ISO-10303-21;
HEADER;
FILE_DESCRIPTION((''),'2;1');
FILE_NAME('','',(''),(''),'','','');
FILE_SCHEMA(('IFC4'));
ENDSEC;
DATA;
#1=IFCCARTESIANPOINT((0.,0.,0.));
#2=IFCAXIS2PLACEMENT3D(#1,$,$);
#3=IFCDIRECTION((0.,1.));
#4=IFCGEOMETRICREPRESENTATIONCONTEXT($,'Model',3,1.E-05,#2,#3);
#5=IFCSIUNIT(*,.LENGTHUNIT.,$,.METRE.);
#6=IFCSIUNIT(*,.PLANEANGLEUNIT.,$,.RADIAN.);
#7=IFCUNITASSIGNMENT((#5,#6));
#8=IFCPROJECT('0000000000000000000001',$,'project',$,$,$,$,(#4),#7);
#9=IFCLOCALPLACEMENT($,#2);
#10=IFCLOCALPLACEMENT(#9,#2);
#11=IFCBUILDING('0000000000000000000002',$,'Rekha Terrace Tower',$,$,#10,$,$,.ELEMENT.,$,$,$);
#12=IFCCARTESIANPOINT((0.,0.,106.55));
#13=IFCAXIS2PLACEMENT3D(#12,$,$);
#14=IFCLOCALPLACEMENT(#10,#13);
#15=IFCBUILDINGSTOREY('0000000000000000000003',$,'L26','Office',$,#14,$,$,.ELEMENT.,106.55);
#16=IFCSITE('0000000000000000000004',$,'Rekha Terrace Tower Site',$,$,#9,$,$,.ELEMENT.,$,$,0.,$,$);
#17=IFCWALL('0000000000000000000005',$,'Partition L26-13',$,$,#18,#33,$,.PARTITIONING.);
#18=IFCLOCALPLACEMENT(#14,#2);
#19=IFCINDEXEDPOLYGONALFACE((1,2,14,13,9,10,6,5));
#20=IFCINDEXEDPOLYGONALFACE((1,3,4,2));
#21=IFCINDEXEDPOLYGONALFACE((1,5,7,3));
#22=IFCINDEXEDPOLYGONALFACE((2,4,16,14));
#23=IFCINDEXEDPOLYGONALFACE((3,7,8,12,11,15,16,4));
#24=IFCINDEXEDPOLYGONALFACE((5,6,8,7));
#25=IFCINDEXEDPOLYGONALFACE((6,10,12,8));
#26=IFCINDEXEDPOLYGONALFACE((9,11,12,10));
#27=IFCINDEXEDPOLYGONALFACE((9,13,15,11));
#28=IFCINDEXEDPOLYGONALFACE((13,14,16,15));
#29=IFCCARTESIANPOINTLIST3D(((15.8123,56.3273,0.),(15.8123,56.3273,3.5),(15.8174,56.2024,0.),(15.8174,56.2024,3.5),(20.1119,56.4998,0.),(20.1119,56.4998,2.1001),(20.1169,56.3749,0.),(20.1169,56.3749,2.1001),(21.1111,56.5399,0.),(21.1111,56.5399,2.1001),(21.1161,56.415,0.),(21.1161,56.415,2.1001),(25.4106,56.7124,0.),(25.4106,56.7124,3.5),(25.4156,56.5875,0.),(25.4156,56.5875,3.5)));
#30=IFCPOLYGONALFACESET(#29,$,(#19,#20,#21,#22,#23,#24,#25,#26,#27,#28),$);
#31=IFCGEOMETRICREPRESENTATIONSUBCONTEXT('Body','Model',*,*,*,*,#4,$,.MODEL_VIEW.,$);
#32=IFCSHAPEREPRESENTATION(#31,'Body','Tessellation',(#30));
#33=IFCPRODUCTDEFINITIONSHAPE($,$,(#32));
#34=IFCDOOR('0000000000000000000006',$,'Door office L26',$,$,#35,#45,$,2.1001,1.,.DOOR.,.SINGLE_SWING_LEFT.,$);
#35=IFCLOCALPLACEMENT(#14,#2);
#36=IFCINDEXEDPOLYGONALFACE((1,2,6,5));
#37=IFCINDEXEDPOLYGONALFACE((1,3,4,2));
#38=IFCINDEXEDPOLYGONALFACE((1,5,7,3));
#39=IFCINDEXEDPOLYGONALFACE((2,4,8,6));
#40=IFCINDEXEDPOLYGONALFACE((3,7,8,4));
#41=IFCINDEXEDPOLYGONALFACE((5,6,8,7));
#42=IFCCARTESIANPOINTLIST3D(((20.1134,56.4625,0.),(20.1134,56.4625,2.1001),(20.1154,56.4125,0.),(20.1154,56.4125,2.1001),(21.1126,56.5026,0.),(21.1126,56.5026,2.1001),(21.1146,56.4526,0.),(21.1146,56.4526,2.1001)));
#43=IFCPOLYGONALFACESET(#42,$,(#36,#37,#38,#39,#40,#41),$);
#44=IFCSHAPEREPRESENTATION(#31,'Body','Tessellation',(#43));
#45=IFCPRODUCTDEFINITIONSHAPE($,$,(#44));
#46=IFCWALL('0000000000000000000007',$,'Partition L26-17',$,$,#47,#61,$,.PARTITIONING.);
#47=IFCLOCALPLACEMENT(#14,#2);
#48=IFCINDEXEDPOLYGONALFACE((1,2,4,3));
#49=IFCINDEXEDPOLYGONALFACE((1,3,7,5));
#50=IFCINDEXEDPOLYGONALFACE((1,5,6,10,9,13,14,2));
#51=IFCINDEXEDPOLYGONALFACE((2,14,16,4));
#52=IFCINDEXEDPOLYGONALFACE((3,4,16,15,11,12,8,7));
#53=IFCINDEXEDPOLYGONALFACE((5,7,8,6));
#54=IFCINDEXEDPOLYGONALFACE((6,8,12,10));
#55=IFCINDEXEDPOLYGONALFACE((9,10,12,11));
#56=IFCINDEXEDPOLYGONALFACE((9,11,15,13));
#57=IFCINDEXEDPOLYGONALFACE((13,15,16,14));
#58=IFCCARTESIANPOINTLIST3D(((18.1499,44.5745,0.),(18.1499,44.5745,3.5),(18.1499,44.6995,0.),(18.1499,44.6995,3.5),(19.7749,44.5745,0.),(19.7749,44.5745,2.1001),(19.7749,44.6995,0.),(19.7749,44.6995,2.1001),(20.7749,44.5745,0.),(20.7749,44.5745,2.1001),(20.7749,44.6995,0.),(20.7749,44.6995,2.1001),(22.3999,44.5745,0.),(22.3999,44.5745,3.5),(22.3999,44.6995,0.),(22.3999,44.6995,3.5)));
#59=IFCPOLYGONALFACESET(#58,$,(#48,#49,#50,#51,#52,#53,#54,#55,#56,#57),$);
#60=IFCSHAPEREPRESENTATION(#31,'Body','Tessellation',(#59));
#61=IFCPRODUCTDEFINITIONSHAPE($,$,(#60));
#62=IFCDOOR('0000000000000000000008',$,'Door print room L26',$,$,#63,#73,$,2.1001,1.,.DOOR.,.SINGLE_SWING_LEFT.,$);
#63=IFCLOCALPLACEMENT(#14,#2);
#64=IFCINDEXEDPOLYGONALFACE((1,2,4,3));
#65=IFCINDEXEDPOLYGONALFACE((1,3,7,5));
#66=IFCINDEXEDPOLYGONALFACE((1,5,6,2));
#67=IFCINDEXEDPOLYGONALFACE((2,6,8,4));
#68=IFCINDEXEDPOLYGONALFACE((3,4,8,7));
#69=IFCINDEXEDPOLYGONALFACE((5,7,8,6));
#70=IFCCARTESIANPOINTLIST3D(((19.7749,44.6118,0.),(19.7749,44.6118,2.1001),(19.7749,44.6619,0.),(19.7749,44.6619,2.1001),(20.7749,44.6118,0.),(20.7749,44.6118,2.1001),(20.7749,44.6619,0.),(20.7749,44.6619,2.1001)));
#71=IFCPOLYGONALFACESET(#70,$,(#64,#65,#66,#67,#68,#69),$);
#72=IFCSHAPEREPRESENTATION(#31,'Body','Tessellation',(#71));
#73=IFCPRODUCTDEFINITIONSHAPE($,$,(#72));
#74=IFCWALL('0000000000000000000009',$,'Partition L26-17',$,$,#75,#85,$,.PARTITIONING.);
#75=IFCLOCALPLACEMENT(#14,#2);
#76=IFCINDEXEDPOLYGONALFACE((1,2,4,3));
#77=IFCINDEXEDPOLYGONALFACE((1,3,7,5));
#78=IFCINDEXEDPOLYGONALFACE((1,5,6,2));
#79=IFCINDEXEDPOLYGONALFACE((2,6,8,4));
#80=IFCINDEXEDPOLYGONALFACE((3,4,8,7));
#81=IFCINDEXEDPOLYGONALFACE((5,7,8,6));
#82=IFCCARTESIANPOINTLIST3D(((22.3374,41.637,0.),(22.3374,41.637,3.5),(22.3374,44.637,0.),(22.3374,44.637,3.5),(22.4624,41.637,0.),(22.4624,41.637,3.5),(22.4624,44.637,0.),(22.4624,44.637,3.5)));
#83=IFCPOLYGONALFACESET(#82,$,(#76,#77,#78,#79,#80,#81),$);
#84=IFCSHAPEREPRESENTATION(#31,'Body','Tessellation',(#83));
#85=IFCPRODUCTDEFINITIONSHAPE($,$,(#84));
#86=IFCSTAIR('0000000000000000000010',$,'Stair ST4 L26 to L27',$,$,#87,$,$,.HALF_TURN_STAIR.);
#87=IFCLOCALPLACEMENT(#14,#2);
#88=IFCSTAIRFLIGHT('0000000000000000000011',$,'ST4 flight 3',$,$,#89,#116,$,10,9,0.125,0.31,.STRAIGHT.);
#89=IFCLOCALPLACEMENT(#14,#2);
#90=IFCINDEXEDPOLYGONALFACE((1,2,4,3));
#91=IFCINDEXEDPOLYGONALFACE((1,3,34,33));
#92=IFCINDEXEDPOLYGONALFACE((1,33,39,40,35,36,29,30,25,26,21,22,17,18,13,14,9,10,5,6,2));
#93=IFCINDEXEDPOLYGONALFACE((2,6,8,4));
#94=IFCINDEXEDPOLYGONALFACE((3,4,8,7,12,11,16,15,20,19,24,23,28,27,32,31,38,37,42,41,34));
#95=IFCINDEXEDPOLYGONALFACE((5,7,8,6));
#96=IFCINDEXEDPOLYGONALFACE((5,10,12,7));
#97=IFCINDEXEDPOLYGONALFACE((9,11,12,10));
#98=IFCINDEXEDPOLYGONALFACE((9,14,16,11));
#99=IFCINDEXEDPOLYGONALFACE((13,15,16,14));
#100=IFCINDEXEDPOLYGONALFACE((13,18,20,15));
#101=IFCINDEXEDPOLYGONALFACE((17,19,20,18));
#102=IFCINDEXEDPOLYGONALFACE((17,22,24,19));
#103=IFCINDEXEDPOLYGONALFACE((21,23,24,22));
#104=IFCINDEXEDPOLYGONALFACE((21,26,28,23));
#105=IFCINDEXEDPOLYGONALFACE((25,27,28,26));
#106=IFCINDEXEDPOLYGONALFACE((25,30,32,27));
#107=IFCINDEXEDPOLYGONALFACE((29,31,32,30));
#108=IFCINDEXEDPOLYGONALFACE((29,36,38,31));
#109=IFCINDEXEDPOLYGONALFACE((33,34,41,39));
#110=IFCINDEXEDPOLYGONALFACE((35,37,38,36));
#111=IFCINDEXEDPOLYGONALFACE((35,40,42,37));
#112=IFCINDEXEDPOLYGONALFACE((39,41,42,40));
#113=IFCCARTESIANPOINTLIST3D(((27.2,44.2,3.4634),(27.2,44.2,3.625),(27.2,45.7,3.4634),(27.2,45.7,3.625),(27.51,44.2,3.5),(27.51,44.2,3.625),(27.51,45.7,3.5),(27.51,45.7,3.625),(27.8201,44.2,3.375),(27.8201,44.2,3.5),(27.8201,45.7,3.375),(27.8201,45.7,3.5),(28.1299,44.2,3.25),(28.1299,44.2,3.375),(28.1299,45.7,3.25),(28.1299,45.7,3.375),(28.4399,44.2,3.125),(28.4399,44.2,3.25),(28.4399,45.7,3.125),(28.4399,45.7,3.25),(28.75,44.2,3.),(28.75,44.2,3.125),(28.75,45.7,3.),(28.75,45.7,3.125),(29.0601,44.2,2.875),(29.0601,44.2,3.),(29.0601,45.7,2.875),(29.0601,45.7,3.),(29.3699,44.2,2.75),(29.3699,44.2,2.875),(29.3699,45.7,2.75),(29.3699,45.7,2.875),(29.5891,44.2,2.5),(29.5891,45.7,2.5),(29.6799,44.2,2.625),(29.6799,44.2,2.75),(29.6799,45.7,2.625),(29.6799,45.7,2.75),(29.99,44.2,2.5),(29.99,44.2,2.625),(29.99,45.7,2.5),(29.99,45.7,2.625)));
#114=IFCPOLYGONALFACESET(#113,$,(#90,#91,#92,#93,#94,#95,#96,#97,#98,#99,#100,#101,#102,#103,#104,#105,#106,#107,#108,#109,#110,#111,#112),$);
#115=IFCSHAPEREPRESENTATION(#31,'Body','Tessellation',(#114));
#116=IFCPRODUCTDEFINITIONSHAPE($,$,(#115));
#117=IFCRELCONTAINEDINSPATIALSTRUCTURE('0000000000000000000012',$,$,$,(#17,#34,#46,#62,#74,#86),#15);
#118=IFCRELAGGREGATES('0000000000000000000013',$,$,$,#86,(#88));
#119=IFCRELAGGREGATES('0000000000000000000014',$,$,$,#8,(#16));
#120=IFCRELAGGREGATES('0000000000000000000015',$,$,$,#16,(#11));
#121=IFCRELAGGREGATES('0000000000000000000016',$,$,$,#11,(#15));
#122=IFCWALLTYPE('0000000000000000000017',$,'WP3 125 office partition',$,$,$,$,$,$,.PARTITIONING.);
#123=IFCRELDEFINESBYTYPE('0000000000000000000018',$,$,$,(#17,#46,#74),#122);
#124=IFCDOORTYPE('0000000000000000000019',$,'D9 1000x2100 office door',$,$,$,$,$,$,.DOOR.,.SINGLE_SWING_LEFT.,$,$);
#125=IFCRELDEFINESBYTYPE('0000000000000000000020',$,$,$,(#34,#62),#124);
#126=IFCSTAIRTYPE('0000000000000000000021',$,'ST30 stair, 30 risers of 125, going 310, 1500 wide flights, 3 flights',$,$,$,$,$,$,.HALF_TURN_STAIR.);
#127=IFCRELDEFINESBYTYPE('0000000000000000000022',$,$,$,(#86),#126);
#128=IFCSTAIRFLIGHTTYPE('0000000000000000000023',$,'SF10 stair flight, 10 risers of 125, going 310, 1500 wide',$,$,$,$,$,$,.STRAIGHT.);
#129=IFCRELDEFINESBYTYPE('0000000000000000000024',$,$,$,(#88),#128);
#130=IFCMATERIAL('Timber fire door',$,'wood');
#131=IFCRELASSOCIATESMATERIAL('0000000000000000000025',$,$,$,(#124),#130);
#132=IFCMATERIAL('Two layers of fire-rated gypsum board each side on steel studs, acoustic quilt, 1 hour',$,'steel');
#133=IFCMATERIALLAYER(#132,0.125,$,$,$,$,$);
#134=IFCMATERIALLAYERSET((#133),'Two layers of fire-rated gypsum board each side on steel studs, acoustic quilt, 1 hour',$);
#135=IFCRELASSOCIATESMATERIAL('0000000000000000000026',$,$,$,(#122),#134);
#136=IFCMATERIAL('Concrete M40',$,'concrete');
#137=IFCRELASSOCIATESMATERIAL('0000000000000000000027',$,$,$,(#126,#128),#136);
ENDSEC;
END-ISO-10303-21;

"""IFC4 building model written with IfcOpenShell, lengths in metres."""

from ifc_helpers import new_model, si_unit, direction, frame, frame_2d, origin, place, context, subcontext, project, spatial, polyline, rectangle, outline, extrude, material, layer, layer_set, type_object, element, fill, aggregate, save


model = new_model("IFC4")

# Units and contexts
model_context = context("Model", 3, precision=1e-05, world=origin(), true_north=direction((0.0, 1.0)))
body_context = subcontext(model_context, "Body", "Model", "MODEL_VIEW")
ifc_project = project(units=[si_unit("LENGTHUNIT", "METRE"), si_unit("PLANEANGLEUNIT", "RADIAN")], contexts=[model_context])

# Site, building, storey
site_placement = place(None, origin())
site = spatial("IfcSite", under=ifc_project, at=site_placement, Name="Rekha Terrace Tower Site", CompositionType="ELEMENT", RefElevation=0.0)
building_placement = place(site_placement, origin())
building = spatial("IfcBuilding", under=site, at=building_placement, Name="Rekha Terrace Tower", CompositionType="ELEMENT")
storey_placement = place(building_placement, frame((0.0, 0.0, 106.55)))
storey = spatial("IfcBuildingStorey", under=building, at=storey_placement, Name="L26", Description="Office", CompositionType="ELEMENT", Elevation=106.55)

# Shared definitions
ifc_material_1 = material(Name="Timber fire door", Category="wood")
door_type_1 = type_object("IfcDoorType", Name="D9 1000x2100 office door", OperationType="SINGLE_SWING_LEFT", PredefinedType="DOOR", material=ifc_material_1)

# Shared definitions
ifc_material_2 = material(Name="Two layers of fire-rated gypsum board each side on steel studs, acoustic quilt, 1 hour", Category="steel")
ifc_layer_1 = layer(ifc_material_2, 0.125)
ifc_layer_set_1 = layer_set([ifc_layer_1], Name="Two layers of fire-rated gypsum board each side on steel studs, acoustic quilt, 1 hour")
wall_type_1 = type_object("IfcWallType", Name="WP3 125 office partition", PredefinedType="PARTITIONING", material=ifc_layer_set_1)

# Walls, openings, doors
wall_1_placement = place(storey_placement, frame((25.4131, 56.6499, 0.0), z_axis=(0.0, 0.0, 1.0), x_axis=(-0.999196, -0.040081, 0.0)))
wall_1 = element("IfcWall", 1, at=wall_1_placement, inside=storey, type_object=wall_type_1, Name="Partition L26-13", PredefinedType="PARTITIONING", context=body_context, shape_type="SweptSolid", body=[
    extrude(rectangle(XDim=9.606, YDim=0.125, at=frame_2d((4.803, 0.0))), origin(), (0.0, 0.0, 1.0), 3.5),
])
opening_1_placement = place(wall_1_placement, frame((4.303, 0.0, 0.0)))
opening_1 = element("IfcOpeningElement", 2, at=opening_1_placement, cuts=wall_1, PredefinedType="OPENING", context=body_context, shape_type="SweptSolid", body=[
    extrude(rectangle(XDim=1.0, YDim=2.1001, at=frame_2d((0.5, 1.05))), frame((0.0, 0.0725, 0.0), z_axis=(0.0, -1.0, 0.0), x_axis=(1.0, 0.0, 0.0)), (0.0, 0.0, 1.0), 0.145),
])
door_1_placement = place(opening_1_placement, origin())
door_1 = element("IfcDoor", 3, at=door_1_placement, inside=storey, type_object=door_type_1, Name="Door office L26", OperationType="SINGLE_SWING_LEFT", OverallHeight=2.1001, OverallWidth=1.0, PredefinedType="DOOR", context=body_context, shape_type="SweptSolid", body=[
    extrude(rectangle(XDim=1.0, YDim=2.1001, at=frame_2d((0.5, 1.05))), frame((0.0, 0.0249, 0.0), z_axis=(0.0, -1.0, 0.0), x_axis=(1.0, 0.0, 0.0)), (0.0, 0.0, 1.0), 0.05),
])
fill(opening_1, door_1)
wall_2_placement = place(storey_placement, frame((18.1499, 44.637, 0.0), z_axis=(0.0, 0.0, 1.0), x_axis=(1.0, 0.0, 0.0)))
wall_2 = element("IfcWall", 4, at=wall_2_placement, inside=storey, type_object=wall_type_1, Name="Partition L26-17", PredefinedType="PARTITIONING", context=body_context, shape_type="SweptSolid", body=[
    extrude(rectangle(XDim=4.25, YDim=0.125, at=frame_2d((2.125, 0.0))), origin(), (0.0, 0.0, 1.0), 3.5),
])
opening_2_placement = place(wall_2_placement, frame((1.625, 0.0, 0.0)))
opening_2 = element("IfcOpeningElement", 5, at=opening_2_placement, cuts=wall_2, PredefinedType="OPENING", context=body_context, shape_type="SweptSolid", body=[
    extrude(rectangle(XDim=1.0, YDim=2.1001, at=frame_2d((0.5, 1.05))), frame((0.0, 0.0725, 0.0), z_axis=(0.0, -1.0, 0.0), x_axis=(1.0, 0.0, 0.0)), (0.0, 0.0, 1.0), 0.145),
])
door_2_placement = place(opening_2_placement, origin())
door_2 = element("IfcDoor", 6, at=door_2_placement, inside=storey, type_object=door_type_1, Name="Door print room L26", OperationType="SINGLE_SWING_LEFT", OverallHeight=2.1001, OverallWidth=1.0, PredefinedType="DOOR", context=body_context, shape_type="SweptSolid", body=[
    extrude(rectangle(XDim=1.0, YDim=2.1001, at=frame_2d((0.5, 1.05))), frame((0.0, 0.0249, 0.0), z_axis=(0.0, -1.0, 0.0), x_axis=(1.0, 0.0, 0.0)), (0.0, 0.0, 1.0), 0.05),
])
fill(opening_2, door_2)

# Wall
wall_3_placement = place(storey_placement, frame((22.3999, 44.637, 0.0), z_axis=(0.0, 0.0, 1.0), x_axis=(0.0, -1.0, 0.0)))
element("IfcWall", 7, at=wall_3_placement, inside=storey, type_object=wall_type_1, Name="Partition L26-17", PredefinedType="PARTITIONING", context=body_context, shape_type="SweptSolid", body=[
    extrude(rectangle(XDim=3.0, YDim=0.125, at=frame_2d((1.5, 0.0))), origin(), (0.0, 0.0, 1.0), 3.5),
])

# Stair, stair flight
ifc_material_3 = material(Name="Concrete M40", Category="concrete")
stair_type = type_object("IfcStairType", Name="ST30 stair, 30 risers of 125, going 310, 1500 wide flights, 3 flights", PredefinedType="HALF_TURN_STAIR", material=ifc_material_3)
stair_placement = place(storey_placement, origin())
stair = element("IfcStair", 8, at=stair_placement, inside=storey, type_object=stair_type, Name="Stair ST4 L26 to L27", PredefinedType="HALF_TURN_STAIR")
stair_flight_type = type_object("IfcStairFlightType", Name="SF10 stair flight, 10 risers of 125, going 310, 1500 wide", PredefinedType="STRAIGHT", material=ifc_material_3)
stair_flight_placement = place(storey_placement, frame((29.99, 44.95, 2.5), z_axis=(0.0, 0.0, 1.0), x_axis=(-1.0, 0.0, 0.0)))
stair_flight = element("IfcStairFlight", 9, at=stair_flight_placement, type_object=stair_flight_type, Name="ST4 flight 3", NumberOfRisers=10, NumberOfTreads=9, PredefinedType="STRAIGHT", RiserHeight=0.125, TreadLength=0.31, context=body_context, shape_type="SweptSolid", body=[
    extrude(outline(polyline([(0.0, 0.0), (0.0, 0.125), (0.3101, 0.125), (0.3101, 0.25), (0.6201, 0.25), (0.6201, 0.375), (0.9299, 0.375), (0.9299, 0.5), (1.24, 0.5), (1.24, 0.625), (1.55, 0.625), (1.55, 0.75), (1.8601, 0.75), (1.8601, 0.875), (2.1699, 0.875), (2.1699, 1.0), (2.48, 1.0), (2.48, 1.125), (2.79, 1.125), (2.79, 1.25), (2.79, 0.9634), (0.4009, 0.0), (0.0, 0.0)])), frame((0.0, 0.75, 0.0), z_axis=(0.0, -1.0, 0.0), x_axis=(1.0, 0.0, 0.0)), (0.0, 0.0, 1.0), 1.5),
])
aggregate(stair, [stair_flight])

save(model, "model.ifc")
